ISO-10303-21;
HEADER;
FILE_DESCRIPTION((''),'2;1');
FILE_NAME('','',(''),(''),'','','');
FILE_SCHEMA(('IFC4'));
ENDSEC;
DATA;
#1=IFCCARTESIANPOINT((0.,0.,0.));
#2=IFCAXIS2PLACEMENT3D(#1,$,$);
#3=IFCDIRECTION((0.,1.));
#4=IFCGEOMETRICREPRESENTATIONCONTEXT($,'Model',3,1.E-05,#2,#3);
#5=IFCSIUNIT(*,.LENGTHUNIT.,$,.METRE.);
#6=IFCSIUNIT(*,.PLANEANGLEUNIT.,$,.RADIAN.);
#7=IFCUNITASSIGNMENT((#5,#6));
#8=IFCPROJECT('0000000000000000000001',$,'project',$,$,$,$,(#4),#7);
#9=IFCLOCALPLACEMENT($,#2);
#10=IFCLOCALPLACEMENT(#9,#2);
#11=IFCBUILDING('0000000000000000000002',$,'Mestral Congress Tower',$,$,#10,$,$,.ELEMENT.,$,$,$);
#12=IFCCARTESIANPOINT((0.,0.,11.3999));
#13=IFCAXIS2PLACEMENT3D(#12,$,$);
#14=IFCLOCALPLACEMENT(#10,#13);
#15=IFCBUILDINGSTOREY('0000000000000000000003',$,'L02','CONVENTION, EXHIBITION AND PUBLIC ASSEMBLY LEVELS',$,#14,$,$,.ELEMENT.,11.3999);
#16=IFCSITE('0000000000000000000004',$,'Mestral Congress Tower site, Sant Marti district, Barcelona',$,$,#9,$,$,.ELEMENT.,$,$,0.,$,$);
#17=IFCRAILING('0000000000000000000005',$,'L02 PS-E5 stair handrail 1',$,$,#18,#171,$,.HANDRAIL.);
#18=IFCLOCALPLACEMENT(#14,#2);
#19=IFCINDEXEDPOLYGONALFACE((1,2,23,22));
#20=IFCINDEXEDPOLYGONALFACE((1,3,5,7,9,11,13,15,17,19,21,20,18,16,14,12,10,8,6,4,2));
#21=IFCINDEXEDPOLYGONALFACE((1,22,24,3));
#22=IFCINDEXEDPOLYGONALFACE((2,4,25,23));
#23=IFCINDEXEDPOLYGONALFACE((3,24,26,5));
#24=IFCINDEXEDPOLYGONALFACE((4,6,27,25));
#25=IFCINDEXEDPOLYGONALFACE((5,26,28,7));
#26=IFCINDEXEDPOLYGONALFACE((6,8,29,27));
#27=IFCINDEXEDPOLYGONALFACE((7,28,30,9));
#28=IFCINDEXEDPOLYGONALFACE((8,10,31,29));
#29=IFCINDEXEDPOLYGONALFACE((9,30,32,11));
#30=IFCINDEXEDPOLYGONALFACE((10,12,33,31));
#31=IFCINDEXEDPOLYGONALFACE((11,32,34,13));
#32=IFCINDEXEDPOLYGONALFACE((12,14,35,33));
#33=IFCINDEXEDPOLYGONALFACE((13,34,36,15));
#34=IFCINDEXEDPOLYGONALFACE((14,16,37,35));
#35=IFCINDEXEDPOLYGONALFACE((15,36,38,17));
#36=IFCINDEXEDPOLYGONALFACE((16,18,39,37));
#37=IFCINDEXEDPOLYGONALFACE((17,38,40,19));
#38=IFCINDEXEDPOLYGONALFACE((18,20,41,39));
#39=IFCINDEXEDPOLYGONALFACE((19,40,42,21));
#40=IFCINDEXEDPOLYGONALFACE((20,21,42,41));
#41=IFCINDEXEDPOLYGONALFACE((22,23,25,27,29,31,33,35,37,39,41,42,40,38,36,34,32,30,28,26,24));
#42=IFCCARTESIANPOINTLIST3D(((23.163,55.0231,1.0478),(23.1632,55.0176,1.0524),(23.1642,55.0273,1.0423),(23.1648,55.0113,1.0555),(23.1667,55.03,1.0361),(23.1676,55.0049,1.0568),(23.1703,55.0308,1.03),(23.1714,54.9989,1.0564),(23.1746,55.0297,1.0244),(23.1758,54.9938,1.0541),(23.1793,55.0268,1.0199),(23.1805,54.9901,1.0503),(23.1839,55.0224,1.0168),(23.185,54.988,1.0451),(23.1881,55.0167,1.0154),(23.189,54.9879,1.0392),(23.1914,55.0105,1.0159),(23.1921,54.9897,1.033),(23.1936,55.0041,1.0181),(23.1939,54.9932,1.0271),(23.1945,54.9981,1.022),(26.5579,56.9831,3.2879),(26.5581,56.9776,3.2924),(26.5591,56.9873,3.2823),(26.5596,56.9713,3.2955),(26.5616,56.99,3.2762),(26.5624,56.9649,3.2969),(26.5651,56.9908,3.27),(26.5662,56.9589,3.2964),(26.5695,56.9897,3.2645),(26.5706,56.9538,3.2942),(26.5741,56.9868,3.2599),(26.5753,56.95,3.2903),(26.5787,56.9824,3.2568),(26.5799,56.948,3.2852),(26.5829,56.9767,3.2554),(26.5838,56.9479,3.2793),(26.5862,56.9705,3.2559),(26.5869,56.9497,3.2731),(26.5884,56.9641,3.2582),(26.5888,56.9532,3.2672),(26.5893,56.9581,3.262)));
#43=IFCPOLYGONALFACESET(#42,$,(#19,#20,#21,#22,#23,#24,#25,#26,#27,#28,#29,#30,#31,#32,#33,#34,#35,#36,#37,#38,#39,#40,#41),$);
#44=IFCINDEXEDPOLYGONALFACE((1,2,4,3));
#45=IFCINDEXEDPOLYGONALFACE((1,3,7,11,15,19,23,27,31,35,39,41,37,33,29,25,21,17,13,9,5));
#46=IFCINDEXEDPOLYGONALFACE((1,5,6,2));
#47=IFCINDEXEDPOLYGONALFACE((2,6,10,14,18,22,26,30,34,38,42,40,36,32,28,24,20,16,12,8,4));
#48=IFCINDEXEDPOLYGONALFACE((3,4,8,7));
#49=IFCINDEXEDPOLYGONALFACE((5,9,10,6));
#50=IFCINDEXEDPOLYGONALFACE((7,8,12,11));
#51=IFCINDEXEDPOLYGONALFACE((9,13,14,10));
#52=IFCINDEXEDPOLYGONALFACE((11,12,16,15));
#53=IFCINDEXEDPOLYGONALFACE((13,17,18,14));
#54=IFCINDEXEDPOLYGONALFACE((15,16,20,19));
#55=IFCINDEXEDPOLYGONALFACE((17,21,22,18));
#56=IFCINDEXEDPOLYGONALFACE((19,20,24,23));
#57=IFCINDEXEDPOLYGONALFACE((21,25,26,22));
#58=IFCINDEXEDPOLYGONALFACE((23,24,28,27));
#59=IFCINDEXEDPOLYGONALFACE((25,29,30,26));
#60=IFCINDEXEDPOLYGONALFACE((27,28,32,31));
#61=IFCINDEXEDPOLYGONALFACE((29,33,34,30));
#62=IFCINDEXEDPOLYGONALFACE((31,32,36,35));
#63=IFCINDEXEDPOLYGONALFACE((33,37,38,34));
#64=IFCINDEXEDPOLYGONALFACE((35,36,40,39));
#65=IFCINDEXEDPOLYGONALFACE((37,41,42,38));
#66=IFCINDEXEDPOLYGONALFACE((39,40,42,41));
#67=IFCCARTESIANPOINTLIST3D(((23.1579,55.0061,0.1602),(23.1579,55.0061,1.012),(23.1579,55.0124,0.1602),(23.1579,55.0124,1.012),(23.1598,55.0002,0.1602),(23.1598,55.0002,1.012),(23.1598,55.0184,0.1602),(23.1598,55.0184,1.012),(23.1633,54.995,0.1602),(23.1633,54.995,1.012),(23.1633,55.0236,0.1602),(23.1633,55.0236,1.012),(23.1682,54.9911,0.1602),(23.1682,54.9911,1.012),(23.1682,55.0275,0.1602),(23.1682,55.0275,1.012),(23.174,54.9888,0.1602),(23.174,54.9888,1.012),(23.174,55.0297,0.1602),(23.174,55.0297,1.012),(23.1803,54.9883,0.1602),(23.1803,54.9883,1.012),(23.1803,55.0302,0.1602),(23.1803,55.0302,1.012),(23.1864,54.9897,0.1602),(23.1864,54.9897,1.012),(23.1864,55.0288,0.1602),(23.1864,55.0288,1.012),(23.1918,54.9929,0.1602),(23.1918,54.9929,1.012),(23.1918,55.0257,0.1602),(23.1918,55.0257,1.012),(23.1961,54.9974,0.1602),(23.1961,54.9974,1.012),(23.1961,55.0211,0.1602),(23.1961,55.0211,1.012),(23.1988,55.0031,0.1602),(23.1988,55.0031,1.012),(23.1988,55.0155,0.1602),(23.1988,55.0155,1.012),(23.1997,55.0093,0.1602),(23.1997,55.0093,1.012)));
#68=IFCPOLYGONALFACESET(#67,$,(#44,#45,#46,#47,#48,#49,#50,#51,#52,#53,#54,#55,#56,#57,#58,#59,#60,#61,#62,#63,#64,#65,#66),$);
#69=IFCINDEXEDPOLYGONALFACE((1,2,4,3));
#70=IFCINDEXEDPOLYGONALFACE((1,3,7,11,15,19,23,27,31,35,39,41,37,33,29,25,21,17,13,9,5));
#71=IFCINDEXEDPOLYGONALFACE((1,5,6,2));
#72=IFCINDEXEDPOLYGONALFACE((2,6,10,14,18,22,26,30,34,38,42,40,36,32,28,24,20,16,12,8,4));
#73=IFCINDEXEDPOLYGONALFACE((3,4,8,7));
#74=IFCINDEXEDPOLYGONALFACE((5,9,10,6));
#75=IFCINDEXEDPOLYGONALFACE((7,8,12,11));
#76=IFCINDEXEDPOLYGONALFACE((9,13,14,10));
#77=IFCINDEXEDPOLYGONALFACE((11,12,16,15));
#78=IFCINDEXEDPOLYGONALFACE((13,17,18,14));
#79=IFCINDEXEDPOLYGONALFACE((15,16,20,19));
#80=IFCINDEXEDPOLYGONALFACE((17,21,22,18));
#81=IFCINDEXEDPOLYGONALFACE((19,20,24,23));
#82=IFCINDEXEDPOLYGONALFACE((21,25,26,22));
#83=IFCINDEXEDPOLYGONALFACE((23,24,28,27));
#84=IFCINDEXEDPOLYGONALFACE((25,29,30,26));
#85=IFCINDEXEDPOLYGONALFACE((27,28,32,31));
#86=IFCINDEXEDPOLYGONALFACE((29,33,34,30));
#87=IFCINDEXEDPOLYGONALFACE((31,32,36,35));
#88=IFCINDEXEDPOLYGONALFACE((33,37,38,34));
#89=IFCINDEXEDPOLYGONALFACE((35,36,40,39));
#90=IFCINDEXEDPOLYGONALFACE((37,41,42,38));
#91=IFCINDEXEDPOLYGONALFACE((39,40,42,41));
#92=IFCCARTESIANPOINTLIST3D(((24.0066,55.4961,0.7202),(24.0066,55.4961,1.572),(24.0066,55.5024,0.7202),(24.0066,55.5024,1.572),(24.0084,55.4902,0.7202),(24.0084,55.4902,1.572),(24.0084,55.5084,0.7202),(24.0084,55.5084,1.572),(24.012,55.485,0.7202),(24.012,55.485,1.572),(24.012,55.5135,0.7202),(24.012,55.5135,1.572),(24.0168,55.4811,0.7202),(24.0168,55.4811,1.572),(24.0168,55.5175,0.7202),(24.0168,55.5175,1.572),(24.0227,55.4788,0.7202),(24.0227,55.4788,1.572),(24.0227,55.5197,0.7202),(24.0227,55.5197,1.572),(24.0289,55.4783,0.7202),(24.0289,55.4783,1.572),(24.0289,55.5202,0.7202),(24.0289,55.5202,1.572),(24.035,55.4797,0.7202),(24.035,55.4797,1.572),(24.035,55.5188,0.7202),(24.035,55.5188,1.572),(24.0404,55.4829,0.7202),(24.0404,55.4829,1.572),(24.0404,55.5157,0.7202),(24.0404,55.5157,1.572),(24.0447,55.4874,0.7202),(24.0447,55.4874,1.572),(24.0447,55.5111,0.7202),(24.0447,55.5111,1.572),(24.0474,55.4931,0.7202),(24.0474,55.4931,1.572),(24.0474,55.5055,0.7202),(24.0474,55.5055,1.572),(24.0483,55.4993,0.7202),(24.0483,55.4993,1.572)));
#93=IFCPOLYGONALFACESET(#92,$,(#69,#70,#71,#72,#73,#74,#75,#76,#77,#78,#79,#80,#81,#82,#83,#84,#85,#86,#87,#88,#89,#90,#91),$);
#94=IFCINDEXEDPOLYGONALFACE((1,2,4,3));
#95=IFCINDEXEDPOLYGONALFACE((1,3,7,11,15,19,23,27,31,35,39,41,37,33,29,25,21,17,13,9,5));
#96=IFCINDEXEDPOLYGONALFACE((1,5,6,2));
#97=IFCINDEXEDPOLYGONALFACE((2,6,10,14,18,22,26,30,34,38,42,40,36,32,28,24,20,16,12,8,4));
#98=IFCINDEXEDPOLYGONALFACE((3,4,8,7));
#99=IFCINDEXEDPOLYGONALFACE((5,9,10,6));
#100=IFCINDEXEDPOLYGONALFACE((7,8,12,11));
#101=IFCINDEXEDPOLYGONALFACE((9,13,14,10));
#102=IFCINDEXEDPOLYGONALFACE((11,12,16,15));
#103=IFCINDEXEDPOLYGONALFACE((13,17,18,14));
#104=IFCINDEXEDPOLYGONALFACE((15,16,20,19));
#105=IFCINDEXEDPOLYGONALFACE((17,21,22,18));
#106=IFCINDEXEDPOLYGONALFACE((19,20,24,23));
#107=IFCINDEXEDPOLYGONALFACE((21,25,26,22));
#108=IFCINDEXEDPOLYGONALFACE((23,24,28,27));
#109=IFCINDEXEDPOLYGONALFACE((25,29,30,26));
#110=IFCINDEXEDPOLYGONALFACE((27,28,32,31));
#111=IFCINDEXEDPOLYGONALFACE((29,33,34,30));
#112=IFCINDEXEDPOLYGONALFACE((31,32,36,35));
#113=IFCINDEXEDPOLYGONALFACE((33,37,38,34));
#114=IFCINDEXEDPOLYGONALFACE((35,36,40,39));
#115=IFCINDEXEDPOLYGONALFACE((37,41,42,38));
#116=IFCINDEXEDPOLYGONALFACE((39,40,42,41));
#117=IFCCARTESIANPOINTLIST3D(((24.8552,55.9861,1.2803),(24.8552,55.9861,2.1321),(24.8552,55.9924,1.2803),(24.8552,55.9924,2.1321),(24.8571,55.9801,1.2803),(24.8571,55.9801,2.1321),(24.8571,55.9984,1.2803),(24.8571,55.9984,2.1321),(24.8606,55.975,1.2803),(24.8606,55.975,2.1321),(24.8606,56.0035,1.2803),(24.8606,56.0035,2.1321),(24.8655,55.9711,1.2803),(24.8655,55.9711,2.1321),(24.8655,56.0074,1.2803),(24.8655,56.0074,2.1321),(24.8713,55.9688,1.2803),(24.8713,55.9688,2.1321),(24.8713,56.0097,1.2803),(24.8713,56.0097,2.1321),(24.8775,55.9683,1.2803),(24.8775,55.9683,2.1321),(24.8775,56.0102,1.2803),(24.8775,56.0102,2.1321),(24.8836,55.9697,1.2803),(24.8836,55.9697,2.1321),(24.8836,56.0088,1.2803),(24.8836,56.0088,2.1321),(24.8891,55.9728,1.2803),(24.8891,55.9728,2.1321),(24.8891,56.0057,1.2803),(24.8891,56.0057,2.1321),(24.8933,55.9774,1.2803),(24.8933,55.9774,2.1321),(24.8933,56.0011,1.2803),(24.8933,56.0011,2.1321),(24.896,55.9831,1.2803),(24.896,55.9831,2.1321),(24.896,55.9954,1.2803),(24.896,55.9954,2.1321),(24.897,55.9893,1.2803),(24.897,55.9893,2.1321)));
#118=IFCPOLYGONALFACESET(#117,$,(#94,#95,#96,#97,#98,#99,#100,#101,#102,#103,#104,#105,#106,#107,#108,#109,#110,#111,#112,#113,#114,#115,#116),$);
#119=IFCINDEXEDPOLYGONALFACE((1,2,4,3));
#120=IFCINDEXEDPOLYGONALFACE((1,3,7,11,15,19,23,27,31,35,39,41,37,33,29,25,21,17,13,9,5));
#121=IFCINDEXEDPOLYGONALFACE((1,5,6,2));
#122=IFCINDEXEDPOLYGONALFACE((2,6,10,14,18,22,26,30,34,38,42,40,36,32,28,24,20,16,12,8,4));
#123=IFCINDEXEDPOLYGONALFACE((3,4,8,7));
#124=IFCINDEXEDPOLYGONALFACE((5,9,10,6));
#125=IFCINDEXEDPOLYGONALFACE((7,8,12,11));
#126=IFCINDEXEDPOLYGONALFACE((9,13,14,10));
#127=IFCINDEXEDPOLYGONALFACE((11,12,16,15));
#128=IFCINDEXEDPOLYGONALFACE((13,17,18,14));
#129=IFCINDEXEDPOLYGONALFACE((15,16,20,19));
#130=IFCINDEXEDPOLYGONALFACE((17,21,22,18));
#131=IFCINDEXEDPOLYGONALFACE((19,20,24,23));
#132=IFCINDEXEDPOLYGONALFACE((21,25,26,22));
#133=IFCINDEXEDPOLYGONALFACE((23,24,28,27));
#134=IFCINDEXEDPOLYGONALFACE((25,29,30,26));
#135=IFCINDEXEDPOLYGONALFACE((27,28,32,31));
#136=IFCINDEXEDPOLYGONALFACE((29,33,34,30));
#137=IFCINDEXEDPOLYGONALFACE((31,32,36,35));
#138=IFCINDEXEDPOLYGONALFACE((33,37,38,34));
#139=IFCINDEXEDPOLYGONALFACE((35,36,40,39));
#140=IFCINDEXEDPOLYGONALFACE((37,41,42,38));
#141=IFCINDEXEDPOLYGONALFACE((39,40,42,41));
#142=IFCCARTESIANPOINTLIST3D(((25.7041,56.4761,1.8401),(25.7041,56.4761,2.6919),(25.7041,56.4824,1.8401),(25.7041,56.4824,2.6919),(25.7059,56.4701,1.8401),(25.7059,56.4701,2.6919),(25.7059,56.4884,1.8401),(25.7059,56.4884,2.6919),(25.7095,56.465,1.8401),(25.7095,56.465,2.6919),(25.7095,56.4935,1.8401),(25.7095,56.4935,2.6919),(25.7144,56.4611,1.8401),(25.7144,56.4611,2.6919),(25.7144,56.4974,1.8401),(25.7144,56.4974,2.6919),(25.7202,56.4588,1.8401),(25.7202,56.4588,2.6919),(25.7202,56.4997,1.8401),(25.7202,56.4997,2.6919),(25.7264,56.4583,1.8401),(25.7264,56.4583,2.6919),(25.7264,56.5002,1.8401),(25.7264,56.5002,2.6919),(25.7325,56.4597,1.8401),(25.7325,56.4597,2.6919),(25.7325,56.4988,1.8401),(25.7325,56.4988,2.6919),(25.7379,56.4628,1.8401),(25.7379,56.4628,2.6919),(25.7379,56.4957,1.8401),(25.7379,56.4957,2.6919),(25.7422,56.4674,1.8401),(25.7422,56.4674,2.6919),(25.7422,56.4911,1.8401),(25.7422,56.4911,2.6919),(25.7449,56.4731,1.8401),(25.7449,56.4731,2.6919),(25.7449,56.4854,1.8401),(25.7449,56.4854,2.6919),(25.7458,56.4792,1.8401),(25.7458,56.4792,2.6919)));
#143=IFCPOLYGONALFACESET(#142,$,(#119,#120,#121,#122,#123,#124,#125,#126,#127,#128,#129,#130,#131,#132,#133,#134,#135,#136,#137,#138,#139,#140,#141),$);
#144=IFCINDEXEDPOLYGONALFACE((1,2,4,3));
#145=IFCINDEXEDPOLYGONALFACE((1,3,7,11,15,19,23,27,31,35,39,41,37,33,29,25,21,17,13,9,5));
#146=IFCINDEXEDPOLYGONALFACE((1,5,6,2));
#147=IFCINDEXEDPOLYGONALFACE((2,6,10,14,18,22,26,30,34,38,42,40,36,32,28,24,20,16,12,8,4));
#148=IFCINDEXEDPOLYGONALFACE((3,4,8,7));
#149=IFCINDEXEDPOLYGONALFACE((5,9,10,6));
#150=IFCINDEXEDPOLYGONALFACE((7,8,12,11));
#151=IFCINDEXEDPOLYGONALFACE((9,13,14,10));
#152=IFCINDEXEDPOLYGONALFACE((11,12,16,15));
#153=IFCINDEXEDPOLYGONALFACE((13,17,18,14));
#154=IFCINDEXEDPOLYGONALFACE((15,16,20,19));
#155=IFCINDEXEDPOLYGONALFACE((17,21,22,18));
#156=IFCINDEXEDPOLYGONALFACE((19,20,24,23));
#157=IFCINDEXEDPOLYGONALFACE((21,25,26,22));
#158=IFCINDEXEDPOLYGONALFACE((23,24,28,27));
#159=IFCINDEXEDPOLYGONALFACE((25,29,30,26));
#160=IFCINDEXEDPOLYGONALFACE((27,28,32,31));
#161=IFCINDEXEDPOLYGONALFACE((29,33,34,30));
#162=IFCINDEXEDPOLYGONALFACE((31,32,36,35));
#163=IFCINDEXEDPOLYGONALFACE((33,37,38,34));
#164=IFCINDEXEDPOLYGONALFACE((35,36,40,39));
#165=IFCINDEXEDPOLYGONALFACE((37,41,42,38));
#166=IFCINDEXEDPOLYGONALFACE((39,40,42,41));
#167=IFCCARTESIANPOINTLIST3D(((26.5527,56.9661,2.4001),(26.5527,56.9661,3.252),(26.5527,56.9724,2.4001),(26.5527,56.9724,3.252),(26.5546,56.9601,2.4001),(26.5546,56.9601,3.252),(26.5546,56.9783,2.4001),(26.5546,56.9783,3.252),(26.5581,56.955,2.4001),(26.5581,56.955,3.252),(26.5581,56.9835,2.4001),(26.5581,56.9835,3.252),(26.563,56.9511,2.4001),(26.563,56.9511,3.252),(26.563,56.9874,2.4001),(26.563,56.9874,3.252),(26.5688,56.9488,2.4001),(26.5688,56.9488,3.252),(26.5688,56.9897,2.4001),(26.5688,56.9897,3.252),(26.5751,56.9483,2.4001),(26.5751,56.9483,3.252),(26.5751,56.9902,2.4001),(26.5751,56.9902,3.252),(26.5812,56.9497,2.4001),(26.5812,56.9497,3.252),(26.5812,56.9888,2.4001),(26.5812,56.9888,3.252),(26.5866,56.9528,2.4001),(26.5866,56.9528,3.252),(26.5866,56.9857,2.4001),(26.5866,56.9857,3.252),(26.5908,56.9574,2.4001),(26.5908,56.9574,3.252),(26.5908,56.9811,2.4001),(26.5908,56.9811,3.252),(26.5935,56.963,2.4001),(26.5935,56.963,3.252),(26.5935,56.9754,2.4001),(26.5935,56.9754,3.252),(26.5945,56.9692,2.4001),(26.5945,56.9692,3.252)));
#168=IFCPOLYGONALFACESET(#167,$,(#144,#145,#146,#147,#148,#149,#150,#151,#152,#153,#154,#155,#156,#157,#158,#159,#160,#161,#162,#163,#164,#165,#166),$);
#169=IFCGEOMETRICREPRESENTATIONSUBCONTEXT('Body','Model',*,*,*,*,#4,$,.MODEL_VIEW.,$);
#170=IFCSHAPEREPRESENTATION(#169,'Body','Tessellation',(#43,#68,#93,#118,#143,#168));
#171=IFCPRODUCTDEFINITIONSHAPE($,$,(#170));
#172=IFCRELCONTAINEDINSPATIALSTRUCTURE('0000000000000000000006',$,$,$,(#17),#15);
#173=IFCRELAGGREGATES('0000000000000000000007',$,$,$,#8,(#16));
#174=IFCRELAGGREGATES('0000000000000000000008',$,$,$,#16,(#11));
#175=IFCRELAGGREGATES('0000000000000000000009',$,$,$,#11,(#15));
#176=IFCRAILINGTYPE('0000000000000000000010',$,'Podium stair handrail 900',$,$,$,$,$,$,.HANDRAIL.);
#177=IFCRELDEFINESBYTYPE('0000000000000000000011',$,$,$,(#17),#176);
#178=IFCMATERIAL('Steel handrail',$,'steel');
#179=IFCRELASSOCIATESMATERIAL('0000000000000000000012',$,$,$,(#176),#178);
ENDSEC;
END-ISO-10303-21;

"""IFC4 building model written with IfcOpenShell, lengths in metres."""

from ifc_helpers import new_model, si_unit, direction, frame, origin, origin_2d, place, context, subcontext, project, spatial, circle, extrude, material, type_object, element, save


model = new_model("IFC4")

# Units and contexts
model_context = context("Model", 3, precision=1e-05, world=origin(), true_north=direction((0.0, 1.0)))
body_context = subcontext(model_context, "Body", "Model", "MODEL_VIEW")
ifc_project = project(units=[si_unit("LENGTHUNIT", "METRE"), si_unit("PLANEANGLEUNIT", "RADIAN")], contexts=[model_context])

# Site, building, storey
site_placement = place(None, origin())
site = spatial("IfcSite", under=ifc_project, at=site_placement, Name="Mestral Congress Tower site, Sant Marti district, Barcelona", CompositionType="ELEMENT", RefElevation=0.0)
building_placement = place(site_placement, origin())
building = spatial("IfcBuilding", under=site, at=building_placement, Name="Mestral Congress Tower", CompositionType="ELEMENT")
storey_placement = place(building_placement, frame((0.0, 0.0, 11.3999)))
storey = spatial("IfcBuildingStorey", under=building, at=storey_placement, Name="L02", Description="CONVENTION, EXHIBITION AND PUBLIC ASSEMBLY LEVELS", CompositionType="ELEMENT", Elevation=11.3999)

# Railing
ifc_material_1 = material(Name="Steel handrail", Category="steel")
railing_type_1 = type_object("IfcRailingType", Name="Podium stair handrail 900", PredefinedType="HANDRAIL", material=ifc_material_1)
railing_1_placement = place(storey_placement, frame((23.1787, 55.0093, 0.1602)))
element("IfcRailing", 1, at=railing_1_placement, inside=storey, type_object=railing_type_1, Name="L02 PS-E5 stair handrail 1", PredefinedType="HANDRAIL", context=body_context, shape_type="SweptSolid", body=[
    extrude(circle(Radius=0.0239, at=origin_2d()), frame((0.0, 0.0, 0.876), z_axis=(0.75192, 0.434118, 0.496143), x_axis=(-0.499997, 0.866027, 0.0)), (0.0, 0.0, 1.0), 4.5149),
    extrude(circle(Radius=0.021, at=origin_2d()), origin(), (0.0, 0.0, 1.0), 0.8518),
    extrude(circle(Radius=0.021, at=origin_2d()), frame((0.8486, 0.49, 0.5601)), (0.0, 0.0, 1.0), 0.8518),
    extrude(circle(Radius=0.021, at=origin_2d()), frame((1.6973, 0.98, 1.1201)), (0.0, 0.0, 1.0), 0.8518),
    extrude(circle(Radius=0.021, at=origin_2d()), frame((2.5461, 1.47, 1.6799)), (0.0, 0.0, 1.0), 0.8518),
    extrude(circle(Radius=0.021, at=origin_2d()), frame((3.3948, 1.96, 2.24)), (0.0, 0.0, 1.0), 0.8518),
])

save(model, "model.ifc")
